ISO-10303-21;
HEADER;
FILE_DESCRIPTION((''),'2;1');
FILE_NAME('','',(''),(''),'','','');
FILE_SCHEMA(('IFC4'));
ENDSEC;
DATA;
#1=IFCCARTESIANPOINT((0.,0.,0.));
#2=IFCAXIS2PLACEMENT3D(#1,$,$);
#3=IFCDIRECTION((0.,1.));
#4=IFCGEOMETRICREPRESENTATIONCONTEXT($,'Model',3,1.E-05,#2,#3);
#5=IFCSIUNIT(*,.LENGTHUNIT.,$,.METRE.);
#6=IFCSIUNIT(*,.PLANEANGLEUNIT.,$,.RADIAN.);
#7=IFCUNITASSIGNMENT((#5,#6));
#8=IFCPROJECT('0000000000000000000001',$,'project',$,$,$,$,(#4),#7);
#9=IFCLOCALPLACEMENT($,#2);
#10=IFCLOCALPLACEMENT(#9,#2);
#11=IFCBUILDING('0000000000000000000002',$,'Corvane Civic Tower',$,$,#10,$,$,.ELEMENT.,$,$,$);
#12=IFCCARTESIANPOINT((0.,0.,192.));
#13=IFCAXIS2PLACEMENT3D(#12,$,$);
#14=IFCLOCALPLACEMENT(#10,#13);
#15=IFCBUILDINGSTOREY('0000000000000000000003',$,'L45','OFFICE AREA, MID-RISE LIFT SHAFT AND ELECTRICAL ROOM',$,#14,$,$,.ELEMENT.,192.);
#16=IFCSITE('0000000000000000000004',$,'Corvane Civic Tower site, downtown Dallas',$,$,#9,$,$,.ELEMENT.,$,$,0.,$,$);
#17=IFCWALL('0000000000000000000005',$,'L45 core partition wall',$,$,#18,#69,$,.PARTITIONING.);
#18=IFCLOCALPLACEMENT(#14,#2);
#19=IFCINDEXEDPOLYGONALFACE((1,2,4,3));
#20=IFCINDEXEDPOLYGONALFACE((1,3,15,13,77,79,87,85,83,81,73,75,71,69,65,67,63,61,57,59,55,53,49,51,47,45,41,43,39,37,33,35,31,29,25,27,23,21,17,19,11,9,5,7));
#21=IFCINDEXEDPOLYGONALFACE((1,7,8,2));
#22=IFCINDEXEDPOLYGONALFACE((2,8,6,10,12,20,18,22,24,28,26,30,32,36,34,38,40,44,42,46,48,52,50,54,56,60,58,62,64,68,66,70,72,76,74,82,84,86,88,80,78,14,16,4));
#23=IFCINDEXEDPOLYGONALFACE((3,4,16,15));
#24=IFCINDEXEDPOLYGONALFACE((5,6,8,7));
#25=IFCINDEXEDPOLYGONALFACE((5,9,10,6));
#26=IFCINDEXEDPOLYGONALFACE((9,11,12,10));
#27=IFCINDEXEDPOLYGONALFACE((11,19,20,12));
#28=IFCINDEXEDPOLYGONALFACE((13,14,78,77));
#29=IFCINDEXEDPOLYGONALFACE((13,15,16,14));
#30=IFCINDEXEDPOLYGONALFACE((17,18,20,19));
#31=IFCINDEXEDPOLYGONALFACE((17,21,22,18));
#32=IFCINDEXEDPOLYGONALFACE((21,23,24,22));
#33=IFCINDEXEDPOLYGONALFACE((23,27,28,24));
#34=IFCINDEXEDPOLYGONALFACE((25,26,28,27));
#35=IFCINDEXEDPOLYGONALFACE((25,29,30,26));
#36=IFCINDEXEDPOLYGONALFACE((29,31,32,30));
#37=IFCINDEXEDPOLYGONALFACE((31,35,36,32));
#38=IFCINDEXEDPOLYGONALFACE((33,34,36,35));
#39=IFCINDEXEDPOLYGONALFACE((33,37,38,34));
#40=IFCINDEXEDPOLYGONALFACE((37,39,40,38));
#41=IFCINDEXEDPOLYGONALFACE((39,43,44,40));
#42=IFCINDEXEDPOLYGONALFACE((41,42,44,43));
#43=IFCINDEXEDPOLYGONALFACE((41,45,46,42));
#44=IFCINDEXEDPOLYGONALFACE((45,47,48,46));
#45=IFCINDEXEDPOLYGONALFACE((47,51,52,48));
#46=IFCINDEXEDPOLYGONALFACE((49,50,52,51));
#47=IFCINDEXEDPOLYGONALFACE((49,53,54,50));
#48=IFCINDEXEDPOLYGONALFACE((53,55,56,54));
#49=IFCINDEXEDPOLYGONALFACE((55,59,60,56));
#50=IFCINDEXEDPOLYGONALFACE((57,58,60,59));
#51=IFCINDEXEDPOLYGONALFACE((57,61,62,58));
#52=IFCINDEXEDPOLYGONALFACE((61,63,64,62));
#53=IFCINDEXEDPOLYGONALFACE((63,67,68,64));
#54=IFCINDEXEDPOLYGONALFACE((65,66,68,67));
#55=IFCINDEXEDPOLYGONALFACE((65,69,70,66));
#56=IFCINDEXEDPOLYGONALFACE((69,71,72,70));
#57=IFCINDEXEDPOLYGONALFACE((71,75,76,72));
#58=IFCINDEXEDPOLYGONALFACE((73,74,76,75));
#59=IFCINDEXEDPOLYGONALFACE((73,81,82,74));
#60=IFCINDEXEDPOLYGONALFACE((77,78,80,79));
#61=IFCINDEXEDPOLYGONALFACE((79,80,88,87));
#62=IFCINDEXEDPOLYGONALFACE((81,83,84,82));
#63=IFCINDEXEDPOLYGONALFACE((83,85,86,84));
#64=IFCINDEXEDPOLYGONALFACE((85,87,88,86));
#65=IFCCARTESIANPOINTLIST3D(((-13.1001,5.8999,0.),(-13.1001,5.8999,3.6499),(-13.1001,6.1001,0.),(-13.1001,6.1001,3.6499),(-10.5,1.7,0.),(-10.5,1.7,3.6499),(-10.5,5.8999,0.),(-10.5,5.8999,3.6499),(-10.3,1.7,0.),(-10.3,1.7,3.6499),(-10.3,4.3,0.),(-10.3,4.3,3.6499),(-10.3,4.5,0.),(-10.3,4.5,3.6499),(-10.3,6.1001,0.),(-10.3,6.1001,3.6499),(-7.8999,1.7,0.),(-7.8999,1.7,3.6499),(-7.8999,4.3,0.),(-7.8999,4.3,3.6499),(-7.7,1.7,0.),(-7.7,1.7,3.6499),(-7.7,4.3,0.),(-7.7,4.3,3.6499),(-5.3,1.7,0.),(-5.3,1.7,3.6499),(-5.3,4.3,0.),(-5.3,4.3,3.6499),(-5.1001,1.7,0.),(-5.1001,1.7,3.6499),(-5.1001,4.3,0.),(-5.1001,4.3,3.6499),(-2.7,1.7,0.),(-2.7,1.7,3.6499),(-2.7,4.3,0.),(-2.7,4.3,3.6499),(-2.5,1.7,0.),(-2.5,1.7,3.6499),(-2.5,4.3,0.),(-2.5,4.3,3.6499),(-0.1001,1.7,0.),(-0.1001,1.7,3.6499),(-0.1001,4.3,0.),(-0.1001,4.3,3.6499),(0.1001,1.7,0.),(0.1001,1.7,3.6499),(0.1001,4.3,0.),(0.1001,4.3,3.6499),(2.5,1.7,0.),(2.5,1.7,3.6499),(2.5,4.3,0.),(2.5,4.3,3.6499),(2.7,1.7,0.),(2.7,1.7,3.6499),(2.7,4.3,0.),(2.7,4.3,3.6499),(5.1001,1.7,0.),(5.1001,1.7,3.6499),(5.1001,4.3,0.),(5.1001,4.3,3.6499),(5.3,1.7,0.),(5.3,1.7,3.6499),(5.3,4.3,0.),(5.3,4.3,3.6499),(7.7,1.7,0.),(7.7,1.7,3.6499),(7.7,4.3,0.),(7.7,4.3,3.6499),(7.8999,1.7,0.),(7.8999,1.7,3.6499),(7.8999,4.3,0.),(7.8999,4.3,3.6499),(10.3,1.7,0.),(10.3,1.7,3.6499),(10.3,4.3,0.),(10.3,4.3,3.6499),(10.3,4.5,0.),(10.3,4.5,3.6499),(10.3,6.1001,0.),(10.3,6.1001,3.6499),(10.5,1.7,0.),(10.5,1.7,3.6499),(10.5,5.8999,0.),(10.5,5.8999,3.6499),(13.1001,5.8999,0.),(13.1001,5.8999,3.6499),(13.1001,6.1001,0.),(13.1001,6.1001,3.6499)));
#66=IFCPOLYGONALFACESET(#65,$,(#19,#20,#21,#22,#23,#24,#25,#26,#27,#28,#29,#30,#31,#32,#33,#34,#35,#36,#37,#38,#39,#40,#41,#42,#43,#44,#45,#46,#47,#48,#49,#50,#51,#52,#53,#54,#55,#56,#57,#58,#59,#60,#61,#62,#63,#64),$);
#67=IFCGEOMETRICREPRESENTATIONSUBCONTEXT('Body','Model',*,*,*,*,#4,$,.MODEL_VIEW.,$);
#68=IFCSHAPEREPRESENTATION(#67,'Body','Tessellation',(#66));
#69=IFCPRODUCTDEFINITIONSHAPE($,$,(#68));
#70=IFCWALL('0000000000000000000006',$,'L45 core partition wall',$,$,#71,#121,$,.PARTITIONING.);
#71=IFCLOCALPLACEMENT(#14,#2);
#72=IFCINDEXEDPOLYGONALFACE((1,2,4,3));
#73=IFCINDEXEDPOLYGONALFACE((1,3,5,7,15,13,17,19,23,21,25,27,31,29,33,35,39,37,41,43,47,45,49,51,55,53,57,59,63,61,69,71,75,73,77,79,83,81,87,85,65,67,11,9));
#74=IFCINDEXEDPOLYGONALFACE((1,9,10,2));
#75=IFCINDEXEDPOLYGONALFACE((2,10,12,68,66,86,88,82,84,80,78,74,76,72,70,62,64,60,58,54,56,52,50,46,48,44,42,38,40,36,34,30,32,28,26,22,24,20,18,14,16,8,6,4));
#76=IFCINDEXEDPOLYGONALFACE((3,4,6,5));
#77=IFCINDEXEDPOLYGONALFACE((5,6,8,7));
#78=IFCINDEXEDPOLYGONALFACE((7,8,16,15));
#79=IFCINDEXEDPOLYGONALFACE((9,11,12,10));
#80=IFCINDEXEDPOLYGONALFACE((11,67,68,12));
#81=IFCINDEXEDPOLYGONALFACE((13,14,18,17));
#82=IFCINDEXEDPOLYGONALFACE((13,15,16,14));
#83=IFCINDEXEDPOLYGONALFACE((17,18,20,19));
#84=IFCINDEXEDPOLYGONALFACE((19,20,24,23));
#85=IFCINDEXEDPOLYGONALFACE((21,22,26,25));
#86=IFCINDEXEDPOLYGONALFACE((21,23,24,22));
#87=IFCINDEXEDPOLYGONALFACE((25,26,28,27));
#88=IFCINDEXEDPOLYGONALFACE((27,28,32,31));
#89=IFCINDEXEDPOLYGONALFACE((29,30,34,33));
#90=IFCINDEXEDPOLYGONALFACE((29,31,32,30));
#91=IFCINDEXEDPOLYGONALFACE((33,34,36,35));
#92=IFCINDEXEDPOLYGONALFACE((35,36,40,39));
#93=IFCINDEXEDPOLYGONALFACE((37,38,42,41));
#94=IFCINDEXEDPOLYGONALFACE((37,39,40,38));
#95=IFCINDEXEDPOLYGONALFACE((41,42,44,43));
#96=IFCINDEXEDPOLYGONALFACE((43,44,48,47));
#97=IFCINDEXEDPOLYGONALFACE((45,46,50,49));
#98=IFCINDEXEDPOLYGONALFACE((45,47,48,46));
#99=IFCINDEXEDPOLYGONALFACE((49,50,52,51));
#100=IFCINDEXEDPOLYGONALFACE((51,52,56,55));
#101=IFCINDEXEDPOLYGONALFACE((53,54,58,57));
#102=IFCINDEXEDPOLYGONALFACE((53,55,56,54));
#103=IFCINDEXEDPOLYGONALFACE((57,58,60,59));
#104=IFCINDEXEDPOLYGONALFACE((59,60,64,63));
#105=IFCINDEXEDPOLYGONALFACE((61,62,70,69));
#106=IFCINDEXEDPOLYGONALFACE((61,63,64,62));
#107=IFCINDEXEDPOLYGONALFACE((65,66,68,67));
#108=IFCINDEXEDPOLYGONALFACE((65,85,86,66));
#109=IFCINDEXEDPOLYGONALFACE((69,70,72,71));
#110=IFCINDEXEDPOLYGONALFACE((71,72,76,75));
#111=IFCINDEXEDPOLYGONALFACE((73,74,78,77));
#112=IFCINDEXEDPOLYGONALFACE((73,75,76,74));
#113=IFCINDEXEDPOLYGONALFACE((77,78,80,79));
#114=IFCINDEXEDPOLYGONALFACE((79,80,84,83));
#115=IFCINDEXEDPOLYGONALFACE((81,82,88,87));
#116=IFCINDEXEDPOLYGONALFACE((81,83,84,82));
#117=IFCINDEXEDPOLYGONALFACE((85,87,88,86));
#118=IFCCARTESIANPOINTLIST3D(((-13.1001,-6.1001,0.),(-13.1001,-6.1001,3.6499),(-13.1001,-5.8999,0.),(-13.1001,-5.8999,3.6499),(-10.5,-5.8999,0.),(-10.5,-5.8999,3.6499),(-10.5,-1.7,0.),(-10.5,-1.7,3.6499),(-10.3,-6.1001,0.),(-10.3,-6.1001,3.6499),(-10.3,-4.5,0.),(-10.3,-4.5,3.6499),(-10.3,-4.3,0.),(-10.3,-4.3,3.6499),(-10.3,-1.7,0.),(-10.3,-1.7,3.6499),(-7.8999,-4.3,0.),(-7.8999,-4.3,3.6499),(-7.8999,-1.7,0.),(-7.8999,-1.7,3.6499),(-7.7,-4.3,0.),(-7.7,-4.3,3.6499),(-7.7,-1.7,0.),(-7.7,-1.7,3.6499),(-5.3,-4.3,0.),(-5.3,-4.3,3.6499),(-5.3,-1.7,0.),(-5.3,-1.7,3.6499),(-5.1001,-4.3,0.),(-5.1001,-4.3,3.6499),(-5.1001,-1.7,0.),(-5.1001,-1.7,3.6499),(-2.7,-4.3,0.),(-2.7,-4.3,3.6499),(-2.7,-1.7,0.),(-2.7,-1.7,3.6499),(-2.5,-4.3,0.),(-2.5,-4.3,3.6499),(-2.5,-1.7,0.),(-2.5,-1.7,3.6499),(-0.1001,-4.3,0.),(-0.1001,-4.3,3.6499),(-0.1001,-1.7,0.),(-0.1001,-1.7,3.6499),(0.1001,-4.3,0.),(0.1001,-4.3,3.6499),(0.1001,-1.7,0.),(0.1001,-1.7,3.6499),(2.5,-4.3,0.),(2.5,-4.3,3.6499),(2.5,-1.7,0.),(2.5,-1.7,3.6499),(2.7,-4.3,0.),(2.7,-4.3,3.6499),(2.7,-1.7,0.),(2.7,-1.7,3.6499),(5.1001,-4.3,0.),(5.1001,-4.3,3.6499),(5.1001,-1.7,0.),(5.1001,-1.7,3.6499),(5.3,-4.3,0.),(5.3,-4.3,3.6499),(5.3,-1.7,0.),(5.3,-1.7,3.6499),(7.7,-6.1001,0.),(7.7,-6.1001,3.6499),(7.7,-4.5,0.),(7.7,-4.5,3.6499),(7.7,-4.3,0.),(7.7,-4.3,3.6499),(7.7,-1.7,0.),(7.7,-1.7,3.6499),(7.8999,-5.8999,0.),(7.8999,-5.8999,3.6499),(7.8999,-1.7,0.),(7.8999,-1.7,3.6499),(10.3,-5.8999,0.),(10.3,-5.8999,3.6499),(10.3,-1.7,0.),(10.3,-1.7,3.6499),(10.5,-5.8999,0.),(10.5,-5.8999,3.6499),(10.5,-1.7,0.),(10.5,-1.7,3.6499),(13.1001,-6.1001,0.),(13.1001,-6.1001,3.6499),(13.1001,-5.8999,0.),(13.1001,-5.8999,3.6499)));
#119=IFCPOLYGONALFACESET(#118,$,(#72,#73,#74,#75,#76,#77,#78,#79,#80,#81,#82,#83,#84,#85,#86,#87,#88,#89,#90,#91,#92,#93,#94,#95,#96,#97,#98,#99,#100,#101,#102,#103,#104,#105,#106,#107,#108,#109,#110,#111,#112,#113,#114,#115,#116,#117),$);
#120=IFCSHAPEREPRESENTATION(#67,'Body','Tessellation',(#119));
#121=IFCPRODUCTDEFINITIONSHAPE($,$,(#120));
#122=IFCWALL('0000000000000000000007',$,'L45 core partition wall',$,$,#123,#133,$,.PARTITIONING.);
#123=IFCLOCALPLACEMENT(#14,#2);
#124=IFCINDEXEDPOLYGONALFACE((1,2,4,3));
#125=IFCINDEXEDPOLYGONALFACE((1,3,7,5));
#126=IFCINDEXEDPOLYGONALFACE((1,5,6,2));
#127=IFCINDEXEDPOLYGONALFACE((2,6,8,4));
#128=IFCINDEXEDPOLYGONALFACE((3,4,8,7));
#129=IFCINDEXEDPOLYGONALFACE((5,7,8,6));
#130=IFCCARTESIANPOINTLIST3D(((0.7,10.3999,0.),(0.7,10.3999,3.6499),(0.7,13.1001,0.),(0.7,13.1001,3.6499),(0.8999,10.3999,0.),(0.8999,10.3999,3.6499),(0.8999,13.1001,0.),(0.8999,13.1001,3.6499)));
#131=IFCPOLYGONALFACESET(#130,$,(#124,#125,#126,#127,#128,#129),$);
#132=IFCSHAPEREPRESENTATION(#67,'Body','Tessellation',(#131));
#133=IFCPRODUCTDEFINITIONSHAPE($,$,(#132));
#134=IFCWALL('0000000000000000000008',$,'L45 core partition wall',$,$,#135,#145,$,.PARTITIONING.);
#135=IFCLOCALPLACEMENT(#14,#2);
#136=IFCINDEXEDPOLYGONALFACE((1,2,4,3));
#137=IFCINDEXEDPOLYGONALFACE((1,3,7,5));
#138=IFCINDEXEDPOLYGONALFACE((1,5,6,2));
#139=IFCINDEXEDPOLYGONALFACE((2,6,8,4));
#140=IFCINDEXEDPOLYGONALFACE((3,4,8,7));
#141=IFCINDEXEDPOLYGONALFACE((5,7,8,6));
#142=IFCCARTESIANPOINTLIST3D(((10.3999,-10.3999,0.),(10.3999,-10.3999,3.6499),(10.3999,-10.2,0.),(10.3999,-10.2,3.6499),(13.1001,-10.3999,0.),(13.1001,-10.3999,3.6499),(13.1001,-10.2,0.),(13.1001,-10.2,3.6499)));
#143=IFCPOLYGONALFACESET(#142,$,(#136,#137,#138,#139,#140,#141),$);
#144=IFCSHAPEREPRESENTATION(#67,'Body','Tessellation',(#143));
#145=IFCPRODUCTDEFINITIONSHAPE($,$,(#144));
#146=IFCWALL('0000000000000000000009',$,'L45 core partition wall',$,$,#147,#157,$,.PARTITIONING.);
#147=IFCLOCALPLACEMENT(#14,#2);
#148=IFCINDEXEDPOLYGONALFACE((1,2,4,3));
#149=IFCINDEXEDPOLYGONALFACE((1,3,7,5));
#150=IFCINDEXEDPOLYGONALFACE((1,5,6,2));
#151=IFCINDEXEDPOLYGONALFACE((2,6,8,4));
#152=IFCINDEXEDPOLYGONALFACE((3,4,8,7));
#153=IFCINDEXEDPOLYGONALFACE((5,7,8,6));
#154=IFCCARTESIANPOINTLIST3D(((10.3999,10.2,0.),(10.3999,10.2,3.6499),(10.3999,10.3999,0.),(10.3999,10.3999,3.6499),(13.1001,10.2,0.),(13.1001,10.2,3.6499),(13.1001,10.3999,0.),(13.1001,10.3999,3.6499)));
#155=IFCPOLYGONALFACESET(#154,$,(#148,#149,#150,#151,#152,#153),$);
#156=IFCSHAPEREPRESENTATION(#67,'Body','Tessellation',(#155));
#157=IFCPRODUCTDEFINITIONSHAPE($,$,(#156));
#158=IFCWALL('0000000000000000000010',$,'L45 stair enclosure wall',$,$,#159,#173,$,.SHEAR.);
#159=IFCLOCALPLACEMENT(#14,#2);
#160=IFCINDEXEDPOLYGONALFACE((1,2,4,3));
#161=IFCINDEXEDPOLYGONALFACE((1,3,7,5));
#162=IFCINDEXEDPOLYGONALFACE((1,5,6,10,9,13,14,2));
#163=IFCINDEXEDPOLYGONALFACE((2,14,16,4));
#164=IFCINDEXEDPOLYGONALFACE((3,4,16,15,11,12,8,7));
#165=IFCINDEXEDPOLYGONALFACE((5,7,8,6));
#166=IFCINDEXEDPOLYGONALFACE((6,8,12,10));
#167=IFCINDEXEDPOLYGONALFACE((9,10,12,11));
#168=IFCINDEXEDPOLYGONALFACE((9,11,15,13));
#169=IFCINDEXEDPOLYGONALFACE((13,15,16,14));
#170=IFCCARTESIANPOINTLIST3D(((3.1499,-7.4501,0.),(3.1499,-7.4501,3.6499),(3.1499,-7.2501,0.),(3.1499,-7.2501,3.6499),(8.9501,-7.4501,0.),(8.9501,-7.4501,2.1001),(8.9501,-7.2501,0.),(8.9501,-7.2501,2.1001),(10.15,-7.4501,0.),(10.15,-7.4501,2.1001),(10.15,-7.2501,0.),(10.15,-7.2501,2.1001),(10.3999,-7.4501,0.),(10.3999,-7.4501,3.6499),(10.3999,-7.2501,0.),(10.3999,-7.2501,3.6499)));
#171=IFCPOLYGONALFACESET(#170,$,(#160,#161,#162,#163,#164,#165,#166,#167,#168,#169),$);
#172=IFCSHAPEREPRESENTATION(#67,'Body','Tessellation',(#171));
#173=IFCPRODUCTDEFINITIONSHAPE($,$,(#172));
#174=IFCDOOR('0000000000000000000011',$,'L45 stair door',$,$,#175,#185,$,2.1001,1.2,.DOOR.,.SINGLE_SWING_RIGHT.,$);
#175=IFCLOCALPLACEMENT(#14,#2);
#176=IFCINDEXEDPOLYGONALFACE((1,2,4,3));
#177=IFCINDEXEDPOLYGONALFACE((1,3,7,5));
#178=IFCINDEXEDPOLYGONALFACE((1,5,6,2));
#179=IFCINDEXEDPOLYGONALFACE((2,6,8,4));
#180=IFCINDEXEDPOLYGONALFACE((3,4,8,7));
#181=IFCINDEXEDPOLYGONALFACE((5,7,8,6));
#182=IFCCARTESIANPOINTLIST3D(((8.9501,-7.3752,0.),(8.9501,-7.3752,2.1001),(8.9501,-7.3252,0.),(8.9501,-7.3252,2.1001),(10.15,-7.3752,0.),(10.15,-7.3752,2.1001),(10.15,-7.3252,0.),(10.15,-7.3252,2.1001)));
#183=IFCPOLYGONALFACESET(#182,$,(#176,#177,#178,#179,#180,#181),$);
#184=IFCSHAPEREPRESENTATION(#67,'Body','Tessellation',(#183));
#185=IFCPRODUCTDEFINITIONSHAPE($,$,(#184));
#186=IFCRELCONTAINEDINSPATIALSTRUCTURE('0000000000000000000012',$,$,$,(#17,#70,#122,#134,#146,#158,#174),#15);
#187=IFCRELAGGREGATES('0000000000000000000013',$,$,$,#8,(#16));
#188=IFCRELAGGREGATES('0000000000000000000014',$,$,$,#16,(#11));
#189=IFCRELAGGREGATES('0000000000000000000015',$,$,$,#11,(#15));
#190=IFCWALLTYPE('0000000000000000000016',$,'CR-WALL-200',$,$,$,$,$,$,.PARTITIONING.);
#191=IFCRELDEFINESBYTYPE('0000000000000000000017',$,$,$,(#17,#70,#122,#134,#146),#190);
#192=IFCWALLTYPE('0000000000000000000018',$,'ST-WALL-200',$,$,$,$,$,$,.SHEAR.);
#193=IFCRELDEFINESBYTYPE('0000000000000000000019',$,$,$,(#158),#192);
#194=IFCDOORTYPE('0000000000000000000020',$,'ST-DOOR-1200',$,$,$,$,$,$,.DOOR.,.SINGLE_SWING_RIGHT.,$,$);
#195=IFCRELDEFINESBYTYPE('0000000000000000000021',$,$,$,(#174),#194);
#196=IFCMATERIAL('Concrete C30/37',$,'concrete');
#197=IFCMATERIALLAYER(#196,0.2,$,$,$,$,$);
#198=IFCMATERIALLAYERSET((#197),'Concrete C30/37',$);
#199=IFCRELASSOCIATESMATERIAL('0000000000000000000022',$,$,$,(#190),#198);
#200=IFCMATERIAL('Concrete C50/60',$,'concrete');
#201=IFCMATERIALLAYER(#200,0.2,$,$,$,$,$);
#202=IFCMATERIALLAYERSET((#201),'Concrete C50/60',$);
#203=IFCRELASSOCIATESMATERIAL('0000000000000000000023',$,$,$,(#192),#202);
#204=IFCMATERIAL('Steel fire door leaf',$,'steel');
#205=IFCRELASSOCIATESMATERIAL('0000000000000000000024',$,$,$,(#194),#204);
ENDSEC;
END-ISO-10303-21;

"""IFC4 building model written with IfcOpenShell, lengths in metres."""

from ifc_helpers import new_model, si_unit, direction, frame, frame_2d, origin, place, context, subcontext, project, spatial, polyline, rectangle, outline, extrude, material, layer, layer_set, type_object, element, fill, save


model = new_model("IFC4")

# Units and contexts
model_context = context("Model", 3, precision=1e-05, world=origin(), true_north=direction((0.0, 1.0)))
body_context = subcontext(model_context, "Body", "Model", "MODEL_VIEW")
ifc_project = project(units=[si_unit("LENGTHUNIT", "METRE"), si_unit("PLANEANGLEUNIT", "RADIAN")], contexts=[model_context])

# Site, building, storey
site_placement = place(None, origin())
site = spatial("IfcSite", under=ifc_project, at=site_placement, Name="Corvane Civic Tower site, downtown Dallas", CompositionType="ELEMENT", RefElevation=0.0)
building_placement = place(site_placement, origin())
building = spatial("IfcBuilding", under=site, at=building_placement, Name="Corvane Civic Tower", CompositionType="ELEMENT")
storey_placement = place(building_placement, frame((0.0, 0.0, 192.0)))
storey = spatial("IfcBuildingStorey", under=building, at=storey_placement, Name="L45", Description="OFFICE AREA, MID-RISE LIFT SHAFT AND ELECTRICAL ROOM", CompositionType="ELEMENT", Elevation=192.0)

# Shared definitions
ifc_material_1 = material(Name="Concrete C30/37", Category="concrete")
ifc_layer_1 = layer(ifc_material_1, 0.2)
ifc_layer_set_1 = layer_set([ifc_layer_1], Name="Concrete C30/37")
wall_type_1 = type_object("IfcWallType", Name="CR-WALL-200", PredefinedType="PARTITIONING", material=ifc_layer_set_1)

# Walls
wall_1_placement = place(storey_placement, origin())
element("IfcWall", 1, at=wall_1_placement, inside=storey, type_object=wall_type_1, Name="L45 core partition wall", PredefinedType="PARTITIONING", context=body_context, shape_type="SweptSolid", body=[
    extrude(outline(polyline([(-7.7, 1.7), (-7.8999, 1.7), (-7.8999, 4.3), (-10.3, 4.3), (-10.3, 1.7), (-10.5, 1.7), (-10.5, 5.8999), (-13.1001, 5.8999), (-13.1001, 6.1001), (-10.3, 6.1001), (-10.3, 4.5), (10.3, 4.5), (10.3, 6.1001), (13.1001, 6.1001), (13.1001, 5.8999), (10.5, 5.8999), (10.5, 1.7), (10.3, 1.7), (10.3, 4.3), (7.8999, 4.3), (7.8999, 1.7), (7.7, 1.7), (7.7, 4.3), (5.3, 4.3), (5.3, 1.7), (5.1001, 1.7), (5.1001, 4.3), (2.7, 4.3), (2.7, 1.7), (2.5, 1.7), (2.5, 4.3), (0.1001, 4.3), (0.1001, 1.7), (-0.1001, 1.7), (-0.1001, 4.3), (-2.5, 4.3), (-2.5, 1.7), (-2.7, 1.7), (-2.7, 4.3), (-5.1001, 4.3), (-5.1001, 1.7), (-5.3, 1.7), (-5.3, 4.3), (-7.7, 4.3), (-7.7, 1.7)])), origin(), (0.0, 0.0, 1.0), 3.6499),
])
wall_2_placement = place(storey_placement, origin())
element("IfcWall", 2, at=wall_2_placement, inside=storey, type_object=wall_type_1, Name="L45 core partition wall", PredefinedType="PARTITIONING", context=body_context, shape_type="SweptSolid", body=[
    extrude(outline(polyline([(-10.5, -1.7), (-10.3, -1.7), (-10.3, -4.3), (-7.8999, -4.3), (-7.8999, -1.7), (-7.7, -1.7), (-7.7, -4.3), (-5.3, -4.3), (-5.3, -1.7), (-5.1001, -1.7), (-5.1001, -4.3), (-2.7, -4.3), (-2.7, -1.7), (-2.5, -1.7), (-2.5, -4.3), (-0.1001, -4.3), (-0.1001, -1.7), (0.1001, -1.7), (0.1001, -4.3), (2.5, -4.3), (2.5, -1.7), (2.7, -1.7), (2.7, -4.3), (5.1001, -4.3), (5.1001, -1.7), (5.3, -1.7), (5.3, -4.3), (7.7, -4.3), (7.7, -1.7), (7.8999, -1.7), (7.8999, -5.8999), (10.3, -5.8999), (10.3, -1.7), (10.5, -1.7), (10.5, -5.8999), (13.1001, -5.8999), (13.1001, -6.1001), (7.7, -6.1001), (7.7, -4.5), (-10.3, -4.5), (-10.3, -6.1001), (-13.1001, -6.1001), (-13.1001, -5.8999), (-10.5, -5.8999), (-10.5, -1.7)])), origin(), (0.0, 0.0, 1.0), 3.6499),
])
wall_3_placement = place(storey_placement, origin())
element("IfcWall", 3, at=wall_3_placement, inside=storey, type_object=wall_type_1, Name="L45 core partition wall", PredefinedType="PARTITIONING", context=body_context, shape_type="SweptSolid", body=[
    extrude(outline(polyline([(0.8999, 10.3999), (0.7, 10.3999), (0.7, 13.1001), (0.8999, 13.1001), (0.8999, 10.3999)])), origin(), (0.0, 0.0, 1.0), 3.6499),
])
wall_4_placement = place(storey_placement, origin())
element("IfcWall", 4, at=wall_4_placement, inside=storey, type_object=wall_type_1, Name="L45 core partition wall", PredefinedType="PARTITIONING", context=body_context, shape_type="SweptSolid", body=[
    extrude(outline(polyline([(10.3999, -10.3999), (10.3999, -10.2), (13.1001, -10.2), (13.1001, -10.3999), (10.3999, -10.3999)])), origin(), (0.0, 0.0, 1.0), 3.6499),
])
wall_5_placement = place(storey_placement, origin())
element("IfcWall", 5, at=wall_5_placement, inside=storey, type_object=wall_type_1, Name="L45 core partition wall", PredefinedType="PARTITIONING", context=body_context, shape_type="SweptSolid", body=[
    extrude(outline(polyline([(10.3999, 10.2), (10.3999, 10.3999), (13.1001, 10.3999), (13.1001, 10.2), (10.3999, 10.2)])), origin(), (0.0, 0.0, 1.0), 3.6499),
])

# Wall, opening, door
ifc_material_2 = material(Name="Concrete C50/60", Category="concrete")
ifc_layer_2 = layer(ifc_material_2, 0.2)
ifc_layer_set_2 = layer_set([ifc_layer_2], Name="Concrete C50/60")
wall_type_2 = type_object("IfcWallType", Name="ST-WALL-200", PredefinedType="SHEAR", material=ifc_layer_set_2)
wall_6_placement = place(storey_placement, frame((3.1499, -7.3501, 0.0), z_axis=(0.0, 0.0, 1.0), x_axis=(1.0, 0.0, 0.0)))
wall_6 = element("IfcWall", 6, at=wall_6_placement, inside=storey, type_object=wall_type_2, Name="L45 stair enclosure wall", PredefinedType="SHEAR", context=body_context, shape_type="SweptSolid", body=[
    extrude(rectangle(XDim=7.25, YDim=0.2, at=frame_2d((3.625, 0.0))), origin(), (0.0, 0.0, 1.0), 3.6499),
])
opening_1_placement = place(wall_6_placement, frame((5.8, 0.0, 0.0)))
opening_1 = element("IfcOpeningElement", 7, at=opening_1_placement, cuts=wall_6, PredefinedType="OPENING", context=body_context, shape_type="SweptSolid", body=[
    extrude(rectangle(XDim=1.2, YDim=2.1001, at=frame_2d((0.6001, 1.05))), frame((0.0, 0.1099, 0.0), z_axis=(0.0, -1.0, 0.0), x_axis=(1.0, 0.0, 0.0)), (0.0, 0.0, 1.0), 0.22),
])
ifc_material_3 = material(Name="Steel fire door leaf", Category="steel")
door_type_1 = type_object("IfcDoorType", Name="ST-DOOR-1200", OperationType="SINGLE_SWING_RIGHT", PredefinedType="DOOR", material=ifc_material_3)
door_1_placement = place(opening_1_placement, origin())
door_1 = element("IfcDoor", 8, at=door_1_placement, inside=storey, type_object=door_type_1, Name="L45 stair door", OperationType="SINGLE_SWING_RIGHT", OverallHeight=2.1001, OverallWidth=1.2, PredefinedType="DOOR", context=body_context, shape_type="SweptSolid", body=[
    extrude(rectangle(XDim=1.2, YDim=2.1001, at=frame_2d((0.6001, 1.05))), frame((0.0, 0.0249, 0.0), z_axis=(0.0, -1.0, 0.0), x_axis=(1.0, 0.0, 0.0)), (0.0, 0.0, 1.0), 0.05),
])
fill(opening_1, door_1)

save(model, "model.ifc")
